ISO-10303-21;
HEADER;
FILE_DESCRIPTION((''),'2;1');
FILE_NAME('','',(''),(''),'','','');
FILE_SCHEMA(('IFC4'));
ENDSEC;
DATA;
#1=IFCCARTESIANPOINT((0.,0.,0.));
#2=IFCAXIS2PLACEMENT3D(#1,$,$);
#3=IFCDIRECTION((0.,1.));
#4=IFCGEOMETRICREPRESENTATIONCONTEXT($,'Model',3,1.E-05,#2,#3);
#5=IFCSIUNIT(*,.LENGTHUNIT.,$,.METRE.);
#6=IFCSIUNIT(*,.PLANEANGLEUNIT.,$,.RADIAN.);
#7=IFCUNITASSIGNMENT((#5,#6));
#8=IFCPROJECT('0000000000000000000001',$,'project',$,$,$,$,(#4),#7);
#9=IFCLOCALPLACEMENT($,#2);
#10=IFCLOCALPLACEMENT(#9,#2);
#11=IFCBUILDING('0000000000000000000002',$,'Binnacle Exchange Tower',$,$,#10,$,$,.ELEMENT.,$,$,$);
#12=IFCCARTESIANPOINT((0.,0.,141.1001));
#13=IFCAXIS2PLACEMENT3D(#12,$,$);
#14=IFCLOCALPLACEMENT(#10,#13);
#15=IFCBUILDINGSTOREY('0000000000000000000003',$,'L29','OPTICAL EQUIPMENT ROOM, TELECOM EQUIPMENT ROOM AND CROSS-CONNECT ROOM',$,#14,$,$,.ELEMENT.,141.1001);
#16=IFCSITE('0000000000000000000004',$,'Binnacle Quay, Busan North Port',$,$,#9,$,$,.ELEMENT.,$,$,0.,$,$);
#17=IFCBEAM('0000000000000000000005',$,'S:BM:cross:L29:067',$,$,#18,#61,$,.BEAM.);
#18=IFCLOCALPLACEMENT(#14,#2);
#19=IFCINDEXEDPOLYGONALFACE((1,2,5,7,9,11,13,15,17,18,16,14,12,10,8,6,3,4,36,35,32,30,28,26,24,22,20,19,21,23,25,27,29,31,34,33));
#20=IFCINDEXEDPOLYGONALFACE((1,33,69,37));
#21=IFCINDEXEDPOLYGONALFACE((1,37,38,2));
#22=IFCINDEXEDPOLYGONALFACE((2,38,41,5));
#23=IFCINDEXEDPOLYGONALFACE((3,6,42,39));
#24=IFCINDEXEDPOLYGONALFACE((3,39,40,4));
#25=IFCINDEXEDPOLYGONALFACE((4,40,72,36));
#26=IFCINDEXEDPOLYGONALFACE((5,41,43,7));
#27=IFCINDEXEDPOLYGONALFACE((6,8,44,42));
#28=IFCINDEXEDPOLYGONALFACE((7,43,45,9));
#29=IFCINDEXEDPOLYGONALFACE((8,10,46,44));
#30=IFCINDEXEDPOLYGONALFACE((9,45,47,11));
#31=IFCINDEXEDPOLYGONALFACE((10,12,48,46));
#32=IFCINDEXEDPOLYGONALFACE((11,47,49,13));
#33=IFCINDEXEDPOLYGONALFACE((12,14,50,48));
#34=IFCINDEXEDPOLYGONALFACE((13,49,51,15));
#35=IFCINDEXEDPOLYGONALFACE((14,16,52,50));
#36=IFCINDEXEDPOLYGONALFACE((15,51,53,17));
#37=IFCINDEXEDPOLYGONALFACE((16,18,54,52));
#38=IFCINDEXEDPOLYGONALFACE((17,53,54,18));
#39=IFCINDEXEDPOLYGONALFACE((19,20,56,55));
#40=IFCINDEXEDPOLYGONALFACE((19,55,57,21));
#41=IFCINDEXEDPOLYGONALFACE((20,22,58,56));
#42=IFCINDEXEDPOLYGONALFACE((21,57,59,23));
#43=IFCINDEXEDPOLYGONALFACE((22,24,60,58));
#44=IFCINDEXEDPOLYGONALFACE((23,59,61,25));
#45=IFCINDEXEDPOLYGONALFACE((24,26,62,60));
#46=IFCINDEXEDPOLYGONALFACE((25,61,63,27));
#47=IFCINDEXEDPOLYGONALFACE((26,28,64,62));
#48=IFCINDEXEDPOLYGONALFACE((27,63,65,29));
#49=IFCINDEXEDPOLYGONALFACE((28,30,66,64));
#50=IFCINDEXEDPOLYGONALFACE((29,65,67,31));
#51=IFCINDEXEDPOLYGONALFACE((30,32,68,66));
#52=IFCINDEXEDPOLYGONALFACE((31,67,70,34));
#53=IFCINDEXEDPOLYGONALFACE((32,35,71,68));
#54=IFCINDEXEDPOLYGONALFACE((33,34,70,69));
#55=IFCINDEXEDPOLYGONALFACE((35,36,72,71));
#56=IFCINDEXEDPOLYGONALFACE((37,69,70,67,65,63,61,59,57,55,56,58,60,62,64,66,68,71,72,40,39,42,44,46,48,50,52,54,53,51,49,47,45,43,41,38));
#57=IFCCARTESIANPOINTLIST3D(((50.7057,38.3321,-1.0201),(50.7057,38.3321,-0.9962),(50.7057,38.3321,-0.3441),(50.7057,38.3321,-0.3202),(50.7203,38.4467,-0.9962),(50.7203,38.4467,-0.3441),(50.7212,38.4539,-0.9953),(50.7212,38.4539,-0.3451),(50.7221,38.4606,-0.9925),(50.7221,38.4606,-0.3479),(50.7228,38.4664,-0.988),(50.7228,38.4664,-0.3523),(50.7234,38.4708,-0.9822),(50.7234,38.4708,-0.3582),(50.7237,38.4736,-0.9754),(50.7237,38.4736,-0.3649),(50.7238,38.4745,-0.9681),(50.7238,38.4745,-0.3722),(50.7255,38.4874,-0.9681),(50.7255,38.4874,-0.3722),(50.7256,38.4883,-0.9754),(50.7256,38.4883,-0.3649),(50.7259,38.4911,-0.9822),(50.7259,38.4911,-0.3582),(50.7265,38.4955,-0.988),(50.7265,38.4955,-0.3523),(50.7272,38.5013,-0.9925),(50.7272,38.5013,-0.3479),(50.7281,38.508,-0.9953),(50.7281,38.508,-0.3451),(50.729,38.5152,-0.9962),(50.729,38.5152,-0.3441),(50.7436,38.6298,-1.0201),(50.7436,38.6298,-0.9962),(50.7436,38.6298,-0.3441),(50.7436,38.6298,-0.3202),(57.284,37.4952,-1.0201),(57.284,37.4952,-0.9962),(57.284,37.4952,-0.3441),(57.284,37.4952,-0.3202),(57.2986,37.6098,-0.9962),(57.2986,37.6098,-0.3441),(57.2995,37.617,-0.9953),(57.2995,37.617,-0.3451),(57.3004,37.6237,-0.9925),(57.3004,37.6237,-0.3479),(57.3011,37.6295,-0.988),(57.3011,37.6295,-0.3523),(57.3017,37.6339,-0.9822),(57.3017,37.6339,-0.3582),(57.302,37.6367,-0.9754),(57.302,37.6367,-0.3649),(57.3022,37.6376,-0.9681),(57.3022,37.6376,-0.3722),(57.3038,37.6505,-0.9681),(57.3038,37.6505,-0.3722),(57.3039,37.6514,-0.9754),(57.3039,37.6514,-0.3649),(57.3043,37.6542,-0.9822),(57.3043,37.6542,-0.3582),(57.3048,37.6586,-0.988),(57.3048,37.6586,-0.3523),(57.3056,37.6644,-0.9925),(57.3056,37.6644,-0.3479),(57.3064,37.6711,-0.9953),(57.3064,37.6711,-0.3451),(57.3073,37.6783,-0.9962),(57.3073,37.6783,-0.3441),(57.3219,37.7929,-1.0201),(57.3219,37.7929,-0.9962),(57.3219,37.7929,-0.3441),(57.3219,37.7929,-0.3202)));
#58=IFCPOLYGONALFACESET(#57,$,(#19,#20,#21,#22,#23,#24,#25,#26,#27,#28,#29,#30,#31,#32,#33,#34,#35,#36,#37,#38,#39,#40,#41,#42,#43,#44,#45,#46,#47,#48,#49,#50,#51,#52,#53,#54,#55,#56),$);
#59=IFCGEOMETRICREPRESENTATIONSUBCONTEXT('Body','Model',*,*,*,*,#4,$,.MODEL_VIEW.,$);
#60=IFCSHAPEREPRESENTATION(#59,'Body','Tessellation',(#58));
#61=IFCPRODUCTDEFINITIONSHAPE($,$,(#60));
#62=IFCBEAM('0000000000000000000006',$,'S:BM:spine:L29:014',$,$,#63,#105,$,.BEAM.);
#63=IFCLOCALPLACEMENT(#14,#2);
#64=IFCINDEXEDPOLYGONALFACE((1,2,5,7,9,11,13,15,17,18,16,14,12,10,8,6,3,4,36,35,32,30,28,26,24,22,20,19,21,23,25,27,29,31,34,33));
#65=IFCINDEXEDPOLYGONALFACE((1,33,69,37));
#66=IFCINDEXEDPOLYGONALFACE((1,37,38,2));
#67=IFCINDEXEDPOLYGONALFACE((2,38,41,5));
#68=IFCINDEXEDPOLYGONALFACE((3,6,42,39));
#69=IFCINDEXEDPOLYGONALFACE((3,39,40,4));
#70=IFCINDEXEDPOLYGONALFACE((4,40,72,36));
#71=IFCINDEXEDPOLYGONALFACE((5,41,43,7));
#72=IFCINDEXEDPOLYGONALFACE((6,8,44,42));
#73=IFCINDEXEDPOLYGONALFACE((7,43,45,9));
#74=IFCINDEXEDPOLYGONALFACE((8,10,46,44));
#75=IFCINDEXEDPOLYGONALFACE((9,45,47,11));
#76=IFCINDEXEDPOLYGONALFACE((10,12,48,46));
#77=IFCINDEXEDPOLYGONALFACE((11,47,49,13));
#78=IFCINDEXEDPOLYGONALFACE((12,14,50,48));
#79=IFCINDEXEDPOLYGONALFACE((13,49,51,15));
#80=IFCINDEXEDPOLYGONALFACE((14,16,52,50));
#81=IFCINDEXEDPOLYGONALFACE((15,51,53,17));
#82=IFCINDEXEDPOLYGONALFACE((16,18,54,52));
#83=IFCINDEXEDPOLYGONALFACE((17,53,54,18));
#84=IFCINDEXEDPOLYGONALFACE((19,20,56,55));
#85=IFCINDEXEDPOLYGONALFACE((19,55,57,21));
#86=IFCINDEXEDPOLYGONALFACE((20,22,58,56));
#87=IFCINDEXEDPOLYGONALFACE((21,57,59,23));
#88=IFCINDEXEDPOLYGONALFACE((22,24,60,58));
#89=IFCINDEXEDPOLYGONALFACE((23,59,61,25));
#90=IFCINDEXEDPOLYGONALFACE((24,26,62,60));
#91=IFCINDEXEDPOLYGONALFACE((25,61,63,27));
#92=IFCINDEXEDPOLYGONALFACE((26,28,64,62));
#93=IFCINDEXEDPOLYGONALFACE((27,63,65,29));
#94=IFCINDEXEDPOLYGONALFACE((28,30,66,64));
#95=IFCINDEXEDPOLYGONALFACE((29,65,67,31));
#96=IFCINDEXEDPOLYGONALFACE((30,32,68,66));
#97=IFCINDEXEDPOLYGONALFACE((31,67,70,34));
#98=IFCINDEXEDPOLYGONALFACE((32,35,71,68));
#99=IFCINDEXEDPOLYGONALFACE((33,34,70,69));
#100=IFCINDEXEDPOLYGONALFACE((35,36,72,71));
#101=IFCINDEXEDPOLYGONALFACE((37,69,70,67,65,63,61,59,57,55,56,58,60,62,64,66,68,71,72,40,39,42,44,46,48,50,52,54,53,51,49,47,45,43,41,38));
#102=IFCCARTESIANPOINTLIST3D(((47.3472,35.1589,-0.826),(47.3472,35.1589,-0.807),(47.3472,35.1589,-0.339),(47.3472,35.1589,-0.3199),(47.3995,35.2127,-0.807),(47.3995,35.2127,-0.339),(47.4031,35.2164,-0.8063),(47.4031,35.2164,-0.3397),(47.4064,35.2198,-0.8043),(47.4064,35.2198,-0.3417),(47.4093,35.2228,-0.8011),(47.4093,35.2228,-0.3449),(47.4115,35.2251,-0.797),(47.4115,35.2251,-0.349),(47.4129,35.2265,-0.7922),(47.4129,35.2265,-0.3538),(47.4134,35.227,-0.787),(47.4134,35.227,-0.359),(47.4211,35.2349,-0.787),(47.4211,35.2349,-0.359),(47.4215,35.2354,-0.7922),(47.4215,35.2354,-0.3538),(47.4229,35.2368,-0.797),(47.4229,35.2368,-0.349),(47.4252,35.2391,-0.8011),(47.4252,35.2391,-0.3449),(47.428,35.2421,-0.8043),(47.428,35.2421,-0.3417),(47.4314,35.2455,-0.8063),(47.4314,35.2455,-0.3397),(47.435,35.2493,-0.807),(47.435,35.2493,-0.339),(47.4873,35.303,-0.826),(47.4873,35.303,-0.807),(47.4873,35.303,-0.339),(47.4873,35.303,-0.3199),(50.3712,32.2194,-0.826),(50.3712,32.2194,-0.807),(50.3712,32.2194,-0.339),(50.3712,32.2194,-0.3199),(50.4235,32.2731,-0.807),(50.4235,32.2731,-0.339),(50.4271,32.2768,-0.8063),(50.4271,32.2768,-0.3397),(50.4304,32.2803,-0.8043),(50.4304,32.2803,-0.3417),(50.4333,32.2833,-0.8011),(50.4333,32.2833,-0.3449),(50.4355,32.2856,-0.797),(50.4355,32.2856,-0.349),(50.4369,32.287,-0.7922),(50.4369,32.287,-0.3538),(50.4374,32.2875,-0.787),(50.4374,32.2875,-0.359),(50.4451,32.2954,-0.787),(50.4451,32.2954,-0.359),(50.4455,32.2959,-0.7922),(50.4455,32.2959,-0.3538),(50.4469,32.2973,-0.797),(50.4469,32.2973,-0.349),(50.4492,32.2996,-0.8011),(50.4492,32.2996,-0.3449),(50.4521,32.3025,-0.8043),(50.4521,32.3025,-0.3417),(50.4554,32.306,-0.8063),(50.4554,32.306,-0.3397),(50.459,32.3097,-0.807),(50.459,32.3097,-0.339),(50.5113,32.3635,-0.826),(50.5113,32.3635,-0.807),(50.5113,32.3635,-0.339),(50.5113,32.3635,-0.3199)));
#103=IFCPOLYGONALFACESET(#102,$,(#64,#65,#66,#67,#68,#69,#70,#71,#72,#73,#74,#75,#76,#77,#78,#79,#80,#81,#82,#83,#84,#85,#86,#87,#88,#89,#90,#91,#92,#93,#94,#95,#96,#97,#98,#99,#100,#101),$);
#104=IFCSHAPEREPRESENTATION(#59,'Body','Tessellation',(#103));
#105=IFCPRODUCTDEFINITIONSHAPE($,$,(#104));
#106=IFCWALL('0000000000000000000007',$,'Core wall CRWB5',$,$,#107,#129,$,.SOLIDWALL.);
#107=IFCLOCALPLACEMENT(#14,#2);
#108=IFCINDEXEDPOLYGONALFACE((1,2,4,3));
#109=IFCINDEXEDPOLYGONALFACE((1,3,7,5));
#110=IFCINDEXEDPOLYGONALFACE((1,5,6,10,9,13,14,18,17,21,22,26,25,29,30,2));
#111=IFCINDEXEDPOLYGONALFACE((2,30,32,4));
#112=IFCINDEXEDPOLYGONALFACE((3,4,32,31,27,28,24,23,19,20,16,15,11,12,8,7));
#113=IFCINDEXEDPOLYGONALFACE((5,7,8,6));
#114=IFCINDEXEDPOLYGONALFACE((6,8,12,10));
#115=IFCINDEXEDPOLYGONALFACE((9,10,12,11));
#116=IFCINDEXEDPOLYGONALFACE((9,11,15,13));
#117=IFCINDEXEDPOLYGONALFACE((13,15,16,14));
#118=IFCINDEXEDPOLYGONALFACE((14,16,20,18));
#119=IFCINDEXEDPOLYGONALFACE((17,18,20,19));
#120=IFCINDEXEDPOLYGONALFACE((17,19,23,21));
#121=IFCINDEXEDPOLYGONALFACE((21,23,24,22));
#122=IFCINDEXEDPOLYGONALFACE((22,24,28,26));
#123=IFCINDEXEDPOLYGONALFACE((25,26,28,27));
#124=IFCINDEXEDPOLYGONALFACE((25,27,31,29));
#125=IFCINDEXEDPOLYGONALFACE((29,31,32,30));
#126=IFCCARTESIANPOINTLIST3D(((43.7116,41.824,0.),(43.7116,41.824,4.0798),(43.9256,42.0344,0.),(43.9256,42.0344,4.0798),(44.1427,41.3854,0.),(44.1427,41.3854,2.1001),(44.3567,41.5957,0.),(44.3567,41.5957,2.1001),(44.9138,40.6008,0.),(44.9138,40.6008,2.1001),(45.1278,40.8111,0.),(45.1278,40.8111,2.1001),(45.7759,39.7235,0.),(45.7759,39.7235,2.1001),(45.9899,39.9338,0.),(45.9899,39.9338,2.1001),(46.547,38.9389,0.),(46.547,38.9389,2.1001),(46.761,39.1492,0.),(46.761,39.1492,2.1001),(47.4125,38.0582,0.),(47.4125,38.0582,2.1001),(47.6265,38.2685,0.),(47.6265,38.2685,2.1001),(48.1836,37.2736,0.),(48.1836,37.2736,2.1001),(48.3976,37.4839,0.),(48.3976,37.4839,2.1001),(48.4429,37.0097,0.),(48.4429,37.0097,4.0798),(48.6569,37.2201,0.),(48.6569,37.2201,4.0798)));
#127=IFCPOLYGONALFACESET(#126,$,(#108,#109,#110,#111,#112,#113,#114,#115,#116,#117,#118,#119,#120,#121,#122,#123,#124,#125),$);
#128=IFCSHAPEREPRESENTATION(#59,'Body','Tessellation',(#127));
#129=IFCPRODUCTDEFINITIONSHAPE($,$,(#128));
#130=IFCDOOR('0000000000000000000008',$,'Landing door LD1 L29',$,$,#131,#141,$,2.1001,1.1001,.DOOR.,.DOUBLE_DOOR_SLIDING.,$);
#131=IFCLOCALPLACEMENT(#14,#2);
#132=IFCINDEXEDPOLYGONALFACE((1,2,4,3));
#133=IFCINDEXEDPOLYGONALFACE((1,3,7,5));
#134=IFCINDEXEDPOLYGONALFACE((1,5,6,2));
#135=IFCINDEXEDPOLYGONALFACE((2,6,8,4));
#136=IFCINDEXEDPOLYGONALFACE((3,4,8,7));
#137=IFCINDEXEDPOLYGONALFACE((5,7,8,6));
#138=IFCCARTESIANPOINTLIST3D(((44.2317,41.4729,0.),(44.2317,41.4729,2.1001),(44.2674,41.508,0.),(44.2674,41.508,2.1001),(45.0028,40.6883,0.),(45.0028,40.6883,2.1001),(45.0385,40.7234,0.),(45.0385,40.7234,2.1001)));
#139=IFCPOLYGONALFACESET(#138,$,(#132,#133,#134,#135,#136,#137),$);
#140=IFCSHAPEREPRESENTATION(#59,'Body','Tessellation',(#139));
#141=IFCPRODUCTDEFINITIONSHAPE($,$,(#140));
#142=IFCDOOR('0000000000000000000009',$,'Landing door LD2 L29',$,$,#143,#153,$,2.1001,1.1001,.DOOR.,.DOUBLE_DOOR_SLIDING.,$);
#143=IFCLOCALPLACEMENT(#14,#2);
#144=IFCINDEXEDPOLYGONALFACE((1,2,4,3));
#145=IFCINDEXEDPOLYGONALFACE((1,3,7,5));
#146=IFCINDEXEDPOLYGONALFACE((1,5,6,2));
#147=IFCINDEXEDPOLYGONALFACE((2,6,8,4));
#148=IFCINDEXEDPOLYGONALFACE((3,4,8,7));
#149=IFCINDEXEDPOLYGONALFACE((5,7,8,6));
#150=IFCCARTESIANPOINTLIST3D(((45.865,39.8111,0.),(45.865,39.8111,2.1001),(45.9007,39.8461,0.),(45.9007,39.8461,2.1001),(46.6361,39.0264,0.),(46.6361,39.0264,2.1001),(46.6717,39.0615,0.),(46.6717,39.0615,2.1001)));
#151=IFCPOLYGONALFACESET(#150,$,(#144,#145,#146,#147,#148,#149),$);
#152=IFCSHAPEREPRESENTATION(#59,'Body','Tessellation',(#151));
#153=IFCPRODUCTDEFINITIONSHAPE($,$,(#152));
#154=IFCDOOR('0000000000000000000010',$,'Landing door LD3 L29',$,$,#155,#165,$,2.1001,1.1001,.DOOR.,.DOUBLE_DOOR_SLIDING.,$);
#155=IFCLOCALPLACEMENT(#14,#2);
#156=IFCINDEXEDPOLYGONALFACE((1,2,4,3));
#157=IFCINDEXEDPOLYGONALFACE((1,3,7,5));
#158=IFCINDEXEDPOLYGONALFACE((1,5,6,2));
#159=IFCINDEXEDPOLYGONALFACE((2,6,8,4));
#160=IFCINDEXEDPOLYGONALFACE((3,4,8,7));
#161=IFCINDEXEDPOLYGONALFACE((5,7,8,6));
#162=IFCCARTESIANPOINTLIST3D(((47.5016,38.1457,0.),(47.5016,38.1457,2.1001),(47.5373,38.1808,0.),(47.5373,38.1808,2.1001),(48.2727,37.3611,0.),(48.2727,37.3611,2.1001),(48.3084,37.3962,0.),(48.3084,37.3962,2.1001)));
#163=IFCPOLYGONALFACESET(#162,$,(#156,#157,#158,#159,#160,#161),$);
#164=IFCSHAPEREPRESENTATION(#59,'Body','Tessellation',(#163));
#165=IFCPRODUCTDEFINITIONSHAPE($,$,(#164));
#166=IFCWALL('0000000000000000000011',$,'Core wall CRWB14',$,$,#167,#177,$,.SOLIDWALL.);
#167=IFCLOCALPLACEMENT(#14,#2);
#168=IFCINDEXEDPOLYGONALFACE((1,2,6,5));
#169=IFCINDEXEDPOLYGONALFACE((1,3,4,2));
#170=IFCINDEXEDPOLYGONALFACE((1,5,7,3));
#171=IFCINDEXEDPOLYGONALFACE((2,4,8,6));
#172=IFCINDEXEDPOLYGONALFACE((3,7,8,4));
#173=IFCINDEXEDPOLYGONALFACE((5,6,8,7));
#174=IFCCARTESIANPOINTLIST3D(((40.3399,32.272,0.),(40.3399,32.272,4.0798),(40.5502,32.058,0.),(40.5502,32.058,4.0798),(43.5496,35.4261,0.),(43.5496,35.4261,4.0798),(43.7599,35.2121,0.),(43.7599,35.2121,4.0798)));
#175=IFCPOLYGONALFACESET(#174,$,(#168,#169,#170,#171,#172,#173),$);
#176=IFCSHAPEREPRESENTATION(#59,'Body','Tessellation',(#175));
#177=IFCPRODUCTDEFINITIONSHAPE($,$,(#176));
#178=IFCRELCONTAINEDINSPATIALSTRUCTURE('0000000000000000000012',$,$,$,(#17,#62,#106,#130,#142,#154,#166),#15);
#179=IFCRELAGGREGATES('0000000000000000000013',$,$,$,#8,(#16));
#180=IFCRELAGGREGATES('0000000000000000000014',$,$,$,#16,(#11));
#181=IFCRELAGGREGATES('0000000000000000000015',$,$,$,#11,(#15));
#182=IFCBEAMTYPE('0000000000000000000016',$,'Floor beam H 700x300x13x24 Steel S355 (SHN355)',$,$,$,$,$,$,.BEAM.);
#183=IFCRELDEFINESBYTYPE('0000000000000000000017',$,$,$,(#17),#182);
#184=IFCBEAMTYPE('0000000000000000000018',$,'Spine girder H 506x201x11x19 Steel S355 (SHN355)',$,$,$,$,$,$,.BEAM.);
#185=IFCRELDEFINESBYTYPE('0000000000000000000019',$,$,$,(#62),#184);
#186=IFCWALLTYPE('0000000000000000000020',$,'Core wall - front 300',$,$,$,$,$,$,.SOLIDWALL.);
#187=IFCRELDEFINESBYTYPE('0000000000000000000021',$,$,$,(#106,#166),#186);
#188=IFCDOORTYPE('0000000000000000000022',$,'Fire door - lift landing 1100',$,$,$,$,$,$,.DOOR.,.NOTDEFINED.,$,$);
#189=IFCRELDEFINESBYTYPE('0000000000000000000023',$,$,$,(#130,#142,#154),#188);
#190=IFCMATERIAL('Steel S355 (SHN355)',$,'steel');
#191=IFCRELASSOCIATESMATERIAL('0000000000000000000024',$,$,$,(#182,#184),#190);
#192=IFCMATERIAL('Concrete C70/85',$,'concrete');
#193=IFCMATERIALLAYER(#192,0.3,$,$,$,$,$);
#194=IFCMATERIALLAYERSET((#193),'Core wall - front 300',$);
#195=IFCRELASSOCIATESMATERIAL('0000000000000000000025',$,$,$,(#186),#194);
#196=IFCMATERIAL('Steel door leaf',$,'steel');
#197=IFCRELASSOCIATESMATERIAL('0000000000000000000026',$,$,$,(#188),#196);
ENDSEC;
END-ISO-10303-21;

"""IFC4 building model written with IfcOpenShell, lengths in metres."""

from ifc_helpers import new_model, si_unit, direction, frame, frame_2d, origin, origin_2d, place, context, subcontext, project, spatial, rectangle, i_section, extrude, material, layer, layer_set, material_profile, profile_set, type_object, element, fill, save


model = new_model("IFC4")

# Units and contexts
model_context = context("Model", 3, precision=1e-05, world=origin(), true_north=direction((0.0, 1.0)))
body_context = subcontext(model_context, "Body", "Model", "MODEL_VIEW")
ifc_project = project(units=[si_unit("LENGTHUNIT", "METRE"), si_unit("PLANEANGLEUNIT", "RADIAN")], contexts=[model_context])

# Site, building, storey
site_placement = place(None, origin())
site = spatial("IfcSite", under=ifc_project, at=site_placement, Name="Binnacle Quay, Busan North Port", CompositionType="ELEMENT", RefElevation=0.0)
building_placement = place(site_placement, origin())
building = spatial("IfcBuilding", under=site, at=building_placement, Name="Binnacle Exchange Tower", CompositionType="ELEMENT")
storey_placement = place(building_placement, frame((0.0, 0.0, 141.1001)))
storey = spatial("IfcBuildingStorey", under=building, at=storey_placement, Name="L29", Description="OPTICAL EQUIPMENT ROOM, TELECOM EQUIPMENT ROOM AND CROSS-CONNECT ROOM", CompositionType="ELEMENT", Elevation=141.1001)

# Shared definitions
ifc_material_1 = material(Name="Concrete C70/85", Category="concrete")

# Beams
ifc_material_2 = material(Name="Steel S355 (SHN355)", Category="steel")
ifc_material_profile_1 = material_profile(ifc_material_2, i_section(OverallWidth=0.3, OverallDepth=0.7, WebThickness=0.0129, FlangeThickness=0.0239, FilletRadius=0.0281, at=origin_2d()), Name="H 700x300x13x24")
ifc_profile_set_1 = profile_set([ifc_material_profile_1], Name="Steel S355 (SHN355)")
beam_type_1 = type_object("IfcBeamType", Name="Floor beam H 700x300x13x24 Steel S355 (SHN355)", PredefinedType="BEAM", material=ifc_profile_set_1)
beam_1_placement = place(storey_placement, frame((57.303, 37.644, -0.6702), z_axis=(-0.992004, 0.126205, 0.0), x_axis=(-0.126205, -0.992004, 0.0)))
element("IfcBeam", 1, at=beam_1_placement, inside=storey, type_object=beam_type_1, Name="S:BM:cross:L29:067", PredefinedType="BEAM", context=body_context, shape_type="SweptSolid", body=[
    extrude(i_section(OverallWidth=0.3, OverallDepth=0.7, WebThickness=0.0129, FlangeThickness=0.0239, FilletRadius=0.0281, at=origin_2d()), origin(), (0.0, 0.0, 1.0), 6.6313),
])
ifc_material_profile_2 = material_profile(ifc_material_2, i_section(OverallWidth=0.2009, OverallDepth=0.5061, WebThickness=0.011, FlangeThickness=0.019, FilletRadius=0.02, at=origin_2d()), Name="H 506x201x11x19")
ifc_profile_set_2 = profile_set([ifc_material_profile_2], Name="Steel S355 (SHN355)")
beam_type_2 = type_object("IfcBeamType", Name="Spine girder H 506x201x11x19 Steel S355 (SHN355)", PredefinedType="BEAM", material=ifc_profile_set_2)
beam_2_placement = place(storey_placement, frame((47.4172, 35.231, -0.573), z_axis=(0.717051, -0.697021, 0.0), x_axis=(0.697021, 0.717051, 0.0)))
element("IfcBeam", 2, at=beam_2_placement, inside=storey, type_object=beam_type_2, Name="S:BM:spine:L29:014", PredefinedType="BEAM", context=body_context, shape_type="SweptSolid", body=[
    extrude(i_section(OverallWidth=0.2009, OverallDepth=0.5061, WebThickness=0.011, FlangeThickness=0.019, FilletRadius=0.02, at=origin_2d()), origin(), (0.0, 0.0, 1.0), 4.2173),
])

# Wall, openings, doors
ifc_layer_1 = layer(ifc_material_1, 0.3)
ifc_layer_set_1 = layer_set([ifc_layer_1], Name="Core wall - front 300")
wall_type_1 = type_object("IfcWallType", Name="Core wall - front 300", PredefinedType="SOLIDWALL", material=ifc_layer_set_1)
wall_1_placement = place(storey_placement, frame((43.8186, 41.9292, 0.0), z_axis=(0.0, 0.0, 1.0), x_axis=(0.700931, -0.713229, 0.0)))
wall_1 = element("IfcWall", 3, at=wall_1_placement, inside=storey, type_object=wall_type_1, Name="Core wall CRWB5", PredefinedType="SOLIDWALL", context=body_context, shape_type="SweptSolid", body=[
    extrude(rectangle(XDim=6.75, YDim=0.3, at=frame_2d((3.375, 0.0))), origin(), (0.0, 0.0, 1.0), 4.0798),
])
opening_1_placement = place(wall_1_placement, frame((0.615, 0.0, 0.0)))
opening_1 = element("IfcOpeningElement", 4, at=opening_1_placement, cuts=wall_1, PredefinedType="OPENING", context=body_context, shape_type="SweptSolid", body=[
    extrude(rectangle(XDim=1.1001, YDim=2.1001, at=frame_2d((0.55, 1.05))), frame((0.0, 0.1599, 0.0), z_axis=(0.0, -1.0, 0.0), x_axis=(1.0, 0.0, 0.0)), (0.0, 0.0, 1.0), 0.3201),
])
opening_2_placement = place(wall_1_placement, frame((2.9451, 0.0, 0.0)))
opening_2 = element("IfcOpeningElement", 5, at=opening_2_placement, cuts=wall_1, PredefinedType="OPENING", context=body_context, shape_type="SweptSolid", body=[
    extrude(rectangle(XDim=1.1001, YDim=2.1001, at=frame_2d((0.55, 1.05))), frame((0.0, 0.1599, 0.0), z_axis=(0.0, -1.0, 0.0), x_axis=(1.0, 0.0, 0.0)), (0.0, 0.0, 1.0), 0.3201),
])
opening_3_placement = place(wall_1_placement, frame((5.28, 0.0, 0.0)))
opening_3 = element("IfcOpeningElement", 6, at=opening_3_placement, cuts=wall_1, PredefinedType="OPENING", context=body_context, shape_type="SweptSolid", body=[
    extrude(rectangle(XDim=1.1001, YDim=2.1001, at=frame_2d((0.55, 1.05))), frame((0.0, 0.1599, 0.0), z_axis=(0.0, -1.0, 0.0), x_axis=(1.0, 0.0, 0.0)), (0.0, 0.0, 1.0), 0.3201),
])
ifc_material_3 = material(Name="Steel door leaf", Category="steel")
door_type_1 = type_object("IfcDoorType", Name="Fire door - lift landing 1100", OperationType="NOTDEFINED", PredefinedType="DOOR", material=ifc_material_3)
door_1_placement = place(opening_1_placement, origin())
door_1 = element("IfcDoor", 7, at=door_1_placement, inside=storey, type_object=door_type_1, Name="Landing door LD1 L29", OperationType="DOUBLE_DOOR_SLIDING", OverallHeight=2.1001, OverallWidth=1.1001, PredefinedType="DOOR", context=body_context, shape_type="SweptSolid", body=[
    extrude(rectangle(XDim=1.1001, YDim=2.1001, at=frame_2d((0.55, 1.05))), frame((0.0, 0.0249, 0.0), z_axis=(0.0, -1.0, 0.0), x_axis=(1.0, 0.0, 0.0)), (0.0, 0.0, 1.0), 0.05),
])
fill(opening_1, door_1)
door_2_placement = place(opening_2_placement, origin())
door_2 = element("IfcDoor", 8, at=door_2_placement, inside=storey, type_object=door_type_1, Name="Landing door LD2 L29", OperationType="DOUBLE_DOOR_SLIDING", OverallHeight=2.1001, OverallWidth=1.1001, PredefinedType="DOOR", context=body_context, shape_type="SweptSolid", body=[
    extrude(rectangle(XDim=1.1001, YDim=2.1001, at=frame_2d((0.55, 1.05))), frame((0.0, 0.0249, 0.0), z_axis=(0.0, -1.0, 0.0), x_axis=(1.0, 0.0, 0.0)), (0.0, 0.0, 1.0), 0.05),
])
fill(opening_2, door_2)
door_3_placement = place(opening_3_placement, origin())
door_3 = element("IfcDoor", 9, at=door_3_placement, inside=storey, type_object=door_type_1, Name="Landing door LD3 L29", OperationType="DOUBLE_DOOR_SLIDING", OverallHeight=2.1001, OverallWidth=1.1001, PredefinedType="DOOR", context=body_context, shape_type="SweptSolid", body=[
    extrude(rectangle(XDim=1.1001, YDim=2.1001, at=frame_2d((0.55, 1.05))), frame((0.0, 0.0249, 0.0), z_axis=(0.0, -1.0, 0.0), x_axis=(1.0, 0.0, 0.0)), (0.0, 0.0, 1.0), 0.05),
])
fill(opening_3, door_3)

# Wall
wall_2_placement = place(storey_placement, frame((40.4451, 32.165, 0.0), z_axis=(0.0, 0.0, 1.0), x_axis=(0.713265, 0.700895, 0.0)))
element("IfcWall", 10, at=wall_2_placement, inside=storey, type_object=wall_type_1, Name="Core wall CRWB14", PredefinedType="SOLIDWALL", context=body_context, shape_type="SweptSolid", body=[
    extrude(rectangle(XDim=4.5, YDim=0.3, at=frame_2d((2.25, 0.0))), origin(), (0.0, 0.0, 1.0), 4.0798),
])

save(model, "model.ifc")
